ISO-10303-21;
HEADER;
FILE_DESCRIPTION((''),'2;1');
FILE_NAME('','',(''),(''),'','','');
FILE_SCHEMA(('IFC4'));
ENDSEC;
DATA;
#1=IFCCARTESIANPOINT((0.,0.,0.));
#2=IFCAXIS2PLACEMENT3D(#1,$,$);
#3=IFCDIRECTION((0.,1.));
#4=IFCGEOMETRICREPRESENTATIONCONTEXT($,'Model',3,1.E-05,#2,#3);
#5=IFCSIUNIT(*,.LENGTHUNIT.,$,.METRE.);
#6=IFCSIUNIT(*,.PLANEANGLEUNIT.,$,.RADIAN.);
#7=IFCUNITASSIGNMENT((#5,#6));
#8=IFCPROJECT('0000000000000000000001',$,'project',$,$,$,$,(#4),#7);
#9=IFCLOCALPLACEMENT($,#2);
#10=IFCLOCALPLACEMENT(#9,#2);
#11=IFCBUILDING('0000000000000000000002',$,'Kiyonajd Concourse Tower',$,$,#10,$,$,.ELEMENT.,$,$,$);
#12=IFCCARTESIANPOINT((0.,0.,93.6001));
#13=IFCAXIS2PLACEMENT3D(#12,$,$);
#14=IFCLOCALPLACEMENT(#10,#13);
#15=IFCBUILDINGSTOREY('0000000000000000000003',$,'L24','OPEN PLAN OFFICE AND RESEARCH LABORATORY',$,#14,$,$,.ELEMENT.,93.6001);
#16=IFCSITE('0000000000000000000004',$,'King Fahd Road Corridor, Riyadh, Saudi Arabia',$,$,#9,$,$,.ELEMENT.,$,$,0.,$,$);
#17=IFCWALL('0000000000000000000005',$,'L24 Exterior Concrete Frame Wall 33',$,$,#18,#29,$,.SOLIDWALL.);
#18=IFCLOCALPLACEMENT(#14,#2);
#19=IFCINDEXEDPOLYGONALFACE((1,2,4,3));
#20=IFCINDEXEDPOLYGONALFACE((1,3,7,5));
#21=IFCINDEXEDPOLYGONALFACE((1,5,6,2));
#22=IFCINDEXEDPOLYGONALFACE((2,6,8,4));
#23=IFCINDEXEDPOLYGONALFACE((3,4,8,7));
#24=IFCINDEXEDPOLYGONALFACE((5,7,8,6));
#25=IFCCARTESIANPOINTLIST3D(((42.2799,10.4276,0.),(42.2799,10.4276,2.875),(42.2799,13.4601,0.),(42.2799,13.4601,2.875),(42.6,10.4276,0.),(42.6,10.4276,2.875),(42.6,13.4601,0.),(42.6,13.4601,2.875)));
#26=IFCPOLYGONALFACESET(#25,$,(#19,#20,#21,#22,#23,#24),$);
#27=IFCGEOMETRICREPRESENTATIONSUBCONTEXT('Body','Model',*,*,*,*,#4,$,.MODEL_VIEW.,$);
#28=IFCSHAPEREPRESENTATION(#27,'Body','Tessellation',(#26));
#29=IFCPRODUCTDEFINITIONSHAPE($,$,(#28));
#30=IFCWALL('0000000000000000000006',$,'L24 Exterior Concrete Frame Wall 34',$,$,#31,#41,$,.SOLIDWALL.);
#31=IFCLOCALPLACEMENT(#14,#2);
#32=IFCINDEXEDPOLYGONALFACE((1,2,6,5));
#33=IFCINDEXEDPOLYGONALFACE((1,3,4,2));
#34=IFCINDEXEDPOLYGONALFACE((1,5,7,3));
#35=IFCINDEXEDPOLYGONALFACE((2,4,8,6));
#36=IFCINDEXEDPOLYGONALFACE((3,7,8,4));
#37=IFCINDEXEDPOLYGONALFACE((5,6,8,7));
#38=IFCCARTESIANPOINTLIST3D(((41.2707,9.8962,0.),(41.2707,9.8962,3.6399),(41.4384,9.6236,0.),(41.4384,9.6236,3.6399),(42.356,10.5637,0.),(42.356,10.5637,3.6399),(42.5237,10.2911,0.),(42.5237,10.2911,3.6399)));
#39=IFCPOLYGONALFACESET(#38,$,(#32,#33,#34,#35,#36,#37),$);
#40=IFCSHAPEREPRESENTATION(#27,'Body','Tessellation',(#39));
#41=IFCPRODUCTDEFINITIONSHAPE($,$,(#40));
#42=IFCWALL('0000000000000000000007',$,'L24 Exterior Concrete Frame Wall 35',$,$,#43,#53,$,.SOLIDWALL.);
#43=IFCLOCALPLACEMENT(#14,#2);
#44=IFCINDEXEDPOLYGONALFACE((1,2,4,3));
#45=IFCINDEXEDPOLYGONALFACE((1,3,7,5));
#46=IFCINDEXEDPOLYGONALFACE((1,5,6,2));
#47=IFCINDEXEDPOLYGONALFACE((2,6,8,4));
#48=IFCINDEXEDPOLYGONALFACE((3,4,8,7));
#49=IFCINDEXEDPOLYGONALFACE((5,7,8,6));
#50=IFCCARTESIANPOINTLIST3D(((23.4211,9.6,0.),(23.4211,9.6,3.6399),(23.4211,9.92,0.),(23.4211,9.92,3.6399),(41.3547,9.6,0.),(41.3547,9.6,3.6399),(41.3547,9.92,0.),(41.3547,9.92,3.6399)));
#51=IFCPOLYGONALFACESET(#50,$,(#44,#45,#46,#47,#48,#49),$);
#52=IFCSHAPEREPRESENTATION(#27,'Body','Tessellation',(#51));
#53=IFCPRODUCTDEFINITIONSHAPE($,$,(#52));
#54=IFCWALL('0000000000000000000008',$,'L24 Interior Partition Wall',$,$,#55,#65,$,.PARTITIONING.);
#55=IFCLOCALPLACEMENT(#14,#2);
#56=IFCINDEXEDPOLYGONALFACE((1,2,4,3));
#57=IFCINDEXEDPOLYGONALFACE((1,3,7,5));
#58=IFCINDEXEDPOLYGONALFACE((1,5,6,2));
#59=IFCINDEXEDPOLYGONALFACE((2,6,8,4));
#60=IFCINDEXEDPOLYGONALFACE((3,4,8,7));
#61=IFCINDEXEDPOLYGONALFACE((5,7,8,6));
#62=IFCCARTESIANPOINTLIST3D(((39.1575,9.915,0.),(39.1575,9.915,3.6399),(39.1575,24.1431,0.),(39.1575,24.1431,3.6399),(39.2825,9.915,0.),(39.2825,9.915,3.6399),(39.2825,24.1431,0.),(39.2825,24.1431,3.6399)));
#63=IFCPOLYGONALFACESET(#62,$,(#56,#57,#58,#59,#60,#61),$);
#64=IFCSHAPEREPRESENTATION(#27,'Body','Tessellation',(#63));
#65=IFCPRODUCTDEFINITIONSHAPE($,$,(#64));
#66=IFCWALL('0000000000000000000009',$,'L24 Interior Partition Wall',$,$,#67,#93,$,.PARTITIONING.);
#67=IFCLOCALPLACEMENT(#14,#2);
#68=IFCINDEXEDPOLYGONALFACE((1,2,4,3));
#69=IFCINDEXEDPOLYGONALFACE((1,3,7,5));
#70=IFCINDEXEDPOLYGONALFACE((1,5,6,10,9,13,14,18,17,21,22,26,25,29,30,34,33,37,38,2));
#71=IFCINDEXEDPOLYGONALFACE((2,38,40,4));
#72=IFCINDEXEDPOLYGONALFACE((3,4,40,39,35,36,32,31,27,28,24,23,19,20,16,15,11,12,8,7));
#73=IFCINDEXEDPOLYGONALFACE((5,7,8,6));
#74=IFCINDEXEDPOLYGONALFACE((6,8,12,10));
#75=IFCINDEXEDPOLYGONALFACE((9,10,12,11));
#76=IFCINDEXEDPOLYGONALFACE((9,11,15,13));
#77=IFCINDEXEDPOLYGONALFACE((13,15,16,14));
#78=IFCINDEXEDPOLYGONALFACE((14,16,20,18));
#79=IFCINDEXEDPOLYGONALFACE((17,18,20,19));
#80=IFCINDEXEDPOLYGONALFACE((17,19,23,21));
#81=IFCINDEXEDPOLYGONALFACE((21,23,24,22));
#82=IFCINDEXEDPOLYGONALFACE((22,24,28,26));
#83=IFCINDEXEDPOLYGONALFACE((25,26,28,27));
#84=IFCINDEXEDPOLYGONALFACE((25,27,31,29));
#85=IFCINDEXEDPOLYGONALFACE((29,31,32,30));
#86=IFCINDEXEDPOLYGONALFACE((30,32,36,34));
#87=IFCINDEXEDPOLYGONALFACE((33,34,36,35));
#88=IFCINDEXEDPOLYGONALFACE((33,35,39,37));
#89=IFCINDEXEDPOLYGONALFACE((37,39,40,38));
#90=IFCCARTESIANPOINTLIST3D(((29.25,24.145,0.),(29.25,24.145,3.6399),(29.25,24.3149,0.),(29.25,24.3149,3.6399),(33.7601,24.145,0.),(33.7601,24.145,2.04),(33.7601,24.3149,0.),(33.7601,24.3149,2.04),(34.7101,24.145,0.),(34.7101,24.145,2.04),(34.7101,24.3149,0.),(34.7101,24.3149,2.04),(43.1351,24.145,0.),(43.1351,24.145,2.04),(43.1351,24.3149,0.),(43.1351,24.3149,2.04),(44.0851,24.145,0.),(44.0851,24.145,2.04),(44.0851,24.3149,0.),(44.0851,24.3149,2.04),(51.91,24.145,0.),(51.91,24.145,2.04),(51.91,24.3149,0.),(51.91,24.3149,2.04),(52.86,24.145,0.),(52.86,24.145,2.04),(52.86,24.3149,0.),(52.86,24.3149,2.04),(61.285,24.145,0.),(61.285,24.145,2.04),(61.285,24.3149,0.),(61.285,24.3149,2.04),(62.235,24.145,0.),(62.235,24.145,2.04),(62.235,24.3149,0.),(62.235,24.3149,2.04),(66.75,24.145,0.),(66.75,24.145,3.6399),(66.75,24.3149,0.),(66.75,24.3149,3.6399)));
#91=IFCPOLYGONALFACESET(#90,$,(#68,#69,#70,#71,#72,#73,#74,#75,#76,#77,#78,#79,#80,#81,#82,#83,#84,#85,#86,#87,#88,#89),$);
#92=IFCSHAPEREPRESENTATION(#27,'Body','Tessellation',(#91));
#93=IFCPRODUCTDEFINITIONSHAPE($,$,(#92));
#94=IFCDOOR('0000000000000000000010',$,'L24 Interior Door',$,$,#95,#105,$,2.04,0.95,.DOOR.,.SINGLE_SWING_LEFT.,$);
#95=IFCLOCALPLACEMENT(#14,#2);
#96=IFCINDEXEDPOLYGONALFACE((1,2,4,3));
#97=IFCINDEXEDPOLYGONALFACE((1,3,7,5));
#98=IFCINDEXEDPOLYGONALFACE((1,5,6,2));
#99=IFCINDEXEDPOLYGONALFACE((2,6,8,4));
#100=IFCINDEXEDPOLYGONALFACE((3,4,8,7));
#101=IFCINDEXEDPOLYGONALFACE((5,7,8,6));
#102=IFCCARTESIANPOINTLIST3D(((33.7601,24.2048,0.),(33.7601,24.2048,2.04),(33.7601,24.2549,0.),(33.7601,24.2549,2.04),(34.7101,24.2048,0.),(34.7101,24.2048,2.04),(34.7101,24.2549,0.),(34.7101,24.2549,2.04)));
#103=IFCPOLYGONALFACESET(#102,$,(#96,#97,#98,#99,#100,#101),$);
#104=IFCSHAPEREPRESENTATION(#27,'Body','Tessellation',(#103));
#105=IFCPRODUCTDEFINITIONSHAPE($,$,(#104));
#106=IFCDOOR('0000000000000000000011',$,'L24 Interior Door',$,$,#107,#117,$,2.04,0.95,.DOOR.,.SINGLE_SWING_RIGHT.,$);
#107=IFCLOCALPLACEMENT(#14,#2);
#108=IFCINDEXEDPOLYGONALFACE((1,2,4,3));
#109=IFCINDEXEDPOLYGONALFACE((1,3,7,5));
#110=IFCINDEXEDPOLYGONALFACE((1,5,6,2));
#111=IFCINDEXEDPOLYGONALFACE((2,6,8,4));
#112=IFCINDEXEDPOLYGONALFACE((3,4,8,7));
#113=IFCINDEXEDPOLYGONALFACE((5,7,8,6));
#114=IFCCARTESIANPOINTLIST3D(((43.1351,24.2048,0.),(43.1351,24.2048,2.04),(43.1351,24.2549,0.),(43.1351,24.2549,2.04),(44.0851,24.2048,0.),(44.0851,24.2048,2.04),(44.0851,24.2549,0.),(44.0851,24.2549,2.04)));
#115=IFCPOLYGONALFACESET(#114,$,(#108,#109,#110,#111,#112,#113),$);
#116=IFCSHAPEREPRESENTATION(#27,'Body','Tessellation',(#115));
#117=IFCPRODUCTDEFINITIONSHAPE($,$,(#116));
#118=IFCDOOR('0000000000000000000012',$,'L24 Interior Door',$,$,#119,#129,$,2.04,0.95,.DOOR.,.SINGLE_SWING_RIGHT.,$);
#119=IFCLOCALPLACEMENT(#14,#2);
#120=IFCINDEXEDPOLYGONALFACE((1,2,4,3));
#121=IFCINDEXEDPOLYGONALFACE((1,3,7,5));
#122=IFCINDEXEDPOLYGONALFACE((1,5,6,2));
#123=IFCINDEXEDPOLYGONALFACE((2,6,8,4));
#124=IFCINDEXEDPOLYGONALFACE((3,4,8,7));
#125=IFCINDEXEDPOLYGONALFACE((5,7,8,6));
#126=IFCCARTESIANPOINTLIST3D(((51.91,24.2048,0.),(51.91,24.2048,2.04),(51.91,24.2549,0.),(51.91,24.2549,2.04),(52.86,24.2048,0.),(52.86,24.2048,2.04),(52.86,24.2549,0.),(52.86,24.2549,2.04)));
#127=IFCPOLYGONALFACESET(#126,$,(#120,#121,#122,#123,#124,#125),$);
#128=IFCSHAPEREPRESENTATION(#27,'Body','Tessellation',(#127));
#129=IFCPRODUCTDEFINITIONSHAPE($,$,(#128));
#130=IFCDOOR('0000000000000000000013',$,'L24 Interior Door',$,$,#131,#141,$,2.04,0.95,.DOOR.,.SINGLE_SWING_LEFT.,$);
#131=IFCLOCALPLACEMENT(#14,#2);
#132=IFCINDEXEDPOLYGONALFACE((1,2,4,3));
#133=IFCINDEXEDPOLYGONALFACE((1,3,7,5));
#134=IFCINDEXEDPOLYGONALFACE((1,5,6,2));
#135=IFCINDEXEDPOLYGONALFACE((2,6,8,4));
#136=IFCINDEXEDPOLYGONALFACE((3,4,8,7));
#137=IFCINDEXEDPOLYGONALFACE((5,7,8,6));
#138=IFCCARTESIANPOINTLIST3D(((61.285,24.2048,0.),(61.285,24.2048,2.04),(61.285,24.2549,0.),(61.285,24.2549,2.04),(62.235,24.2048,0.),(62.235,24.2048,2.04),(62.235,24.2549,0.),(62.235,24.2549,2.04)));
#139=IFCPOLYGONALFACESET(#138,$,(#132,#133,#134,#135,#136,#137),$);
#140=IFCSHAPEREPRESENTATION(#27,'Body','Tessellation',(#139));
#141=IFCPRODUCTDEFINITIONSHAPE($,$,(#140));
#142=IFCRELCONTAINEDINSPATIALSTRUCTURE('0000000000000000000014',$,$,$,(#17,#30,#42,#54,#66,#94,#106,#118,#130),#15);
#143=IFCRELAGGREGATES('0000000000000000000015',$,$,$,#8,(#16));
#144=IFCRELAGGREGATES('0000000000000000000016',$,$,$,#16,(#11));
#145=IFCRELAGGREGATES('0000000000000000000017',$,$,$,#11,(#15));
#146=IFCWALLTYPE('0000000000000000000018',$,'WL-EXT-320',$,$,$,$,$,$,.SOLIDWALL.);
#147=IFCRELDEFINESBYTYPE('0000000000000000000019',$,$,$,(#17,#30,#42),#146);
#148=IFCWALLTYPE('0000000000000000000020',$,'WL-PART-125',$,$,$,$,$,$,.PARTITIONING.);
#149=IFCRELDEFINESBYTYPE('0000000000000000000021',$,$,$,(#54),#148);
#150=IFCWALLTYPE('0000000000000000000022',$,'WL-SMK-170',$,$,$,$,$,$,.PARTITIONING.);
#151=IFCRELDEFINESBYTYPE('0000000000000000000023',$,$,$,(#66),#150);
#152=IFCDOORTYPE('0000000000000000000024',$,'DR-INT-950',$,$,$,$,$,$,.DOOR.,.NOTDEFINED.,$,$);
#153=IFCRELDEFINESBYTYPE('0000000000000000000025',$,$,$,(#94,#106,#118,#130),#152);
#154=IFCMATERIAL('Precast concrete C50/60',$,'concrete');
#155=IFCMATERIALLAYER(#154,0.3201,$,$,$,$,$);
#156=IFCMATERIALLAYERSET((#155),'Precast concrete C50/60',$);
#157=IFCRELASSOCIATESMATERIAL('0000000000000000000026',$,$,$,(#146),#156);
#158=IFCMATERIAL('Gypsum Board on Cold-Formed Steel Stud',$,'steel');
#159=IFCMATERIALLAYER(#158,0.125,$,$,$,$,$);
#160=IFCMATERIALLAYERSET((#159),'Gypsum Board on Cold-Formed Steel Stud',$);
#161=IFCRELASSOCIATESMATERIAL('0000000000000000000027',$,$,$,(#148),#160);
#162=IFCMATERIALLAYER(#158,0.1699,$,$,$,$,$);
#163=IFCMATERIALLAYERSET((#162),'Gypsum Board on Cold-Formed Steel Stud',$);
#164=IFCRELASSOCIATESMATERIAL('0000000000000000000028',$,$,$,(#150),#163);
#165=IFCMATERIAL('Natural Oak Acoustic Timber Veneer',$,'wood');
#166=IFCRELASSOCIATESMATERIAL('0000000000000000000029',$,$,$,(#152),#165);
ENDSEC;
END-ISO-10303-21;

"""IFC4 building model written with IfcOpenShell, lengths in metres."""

from ifc_helpers import new_model, si_unit, direction, frame, frame_2d, origin, place, context, subcontext, project, spatial, rectangle, extrude, material, layer, layer_set, type_object, element, fill, save


model = new_model("IFC4")

# Units and contexts
model_context = context("Model", 3, precision=1e-05, world=origin(), true_north=direction((0.0, 1.0)))
body_context = subcontext(model_context, "Body", "Model", "MODEL_VIEW")
ifc_project = project(units=[si_unit("LENGTHUNIT", "METRE"), si_unit("PLANEANGLEUNIT", "RADIAN")], contexts=[model_context])

# Site, building, storey
site_placement = place(None, origin())
site = spatial("IfcSite", under=ifc_project, at=site_placement, Name="King Fahd Road Corridor, Riyadh, Saudi Arabia", CompositionType="ELEMENT", RefElevation=0.0)
building_placement = place(site_placement, origin())
building = spatial("IfcBuilding", under=site, at=building_placement, Name="Kiyonajd Concourse Tower", CompositionType="ELEMENT")
storey_placement = place(building_placement, frame((0.0, 0.0, 93.6001)))
storey = spatial("IfcBuildingStorey", under=building, at=storey_placement, Name="L24", Description="OPEN PLAN OFFICE AND RESEARCH LABORATORY", CompositionType="ELEMENT", Elevation=93.6001)

# Shared definitions
ifc_material_1 = material(Name="Precast concrete C50/60", Category="concrete")

# Walls
ifc_layer_1 = layer(ifc_material_1, 0.3201)
ifc_layer_set_1 = layer_set([ifc_layer_1], Name="Precast concrete C50/60")
wall_type_1 = type_object("IfcWallType", Name="WL-EXT-320", PredefinedType="SOLIDWALL", material=ifc_layer_set_1)
wall_1_placement = place(storey_placement, frame((42.4399, 13.46, 0.0), z_axis=(0.0, 0.0, 1.0), x_axis=(0.0, -1.0, 0.0)))
element("IfcWall", 1, at=wall_1_placement, inside=storey, type_object=wall_type_1, Name="L24 Exterior Concrete Frame Wall 33", PredefinedType="SOLIDWALL", context=body_context, shape_type="SweptSolid", body=[
    extrude(rectangle(XDim=3.0325, YDim=0.3201, at=frame_2d((1.5161, 0.0))), origin(), (0.0, 0.0, 1.0), 2.875),
])
wall_2_placement = place(storey_placement, frame((42.4399, 10.4275, 0.0), z_axis=(0.0, 0.0, 1.0), x_axis=(-0.851777, -0.523905, 0.0)))
element("IfcWall", 2, at=wall_2_placement, inside=storey, type_object=wall_type_1, Name="L24 Exterior Concrete Frame Wall 34", PredefinedType="SOLIDWALL", context=body_context, shape_type="SweptSolid", body=[
    extrude(rectangle(XDim=1.2742, YDim=0.3201, at=frame_2d((0.6372, 0.0))), origin(), (0.0, 0.0, 1.0), 3.6399),
])
wall_3_placement = place(storey_placement, frame((41.3547, 9.76, 0.0), z_axis=(0.0, 0.0, 1.0), x_axis=(-1.0, 0.0, 0.0)))
element("IfcWall", 3, at=wall_3_placement, inside=storey, type_object=wall_type_1, Name="L24 Exterior Concrete Frame Wall 35", PredefinedType="SOLIDWALL", context=body_context, shape_type="SweptSolid", body=[
    extrude(rectangle(XDim=17.9336, YDim=0.3201, at=frame_2d((8.9668, 0.0))), origin(), (0.0, 0.0, 1.0), 3.6399),
])
ifc_material_2 = material(Name="Gypsum Board on Cold-Formed Steel Stud", Category="steel")
ifc_layer_2 = layer(ifc_material_2, 0.125)
ifc_layer_set_2 = layer_set([ifc_layer_2], Name="Gypsum Board on Cold-Formed Steel Stud")
wall_type_2 = type_object("IfcWallType", Name="WL-PART-125", PredefinedType="PARTITIONING", material=ifc_layer_set_2)
wall_4_placement = place(storey_placement, frame((39.22, 9.915, 0.0), z_axis=(0.0, 0.0, 1.0), x_axis=(0.0, 1.0, 0.0)))
element("IfcWall", 4, at=wall_4_placement, inside=storey, type_object=wall_type_2, Name="L24 Interior Partition Wall", PredefinedType="PARTITIONING", context=body_context, shape_type="SweptSolid", body=[
    extrude(rectangle(XDim=14.228, YDim=0.125, at=frame_2d((7.114, 0.0))), origin(), (0.0, 0.0, 1.0), 3.6399),
])

# Wall, openings, doors
ifc_layer_3 = layer(ifc_material_2, 0.1699)
ifc_layer_set_3 = layer_set([ifc_layer_3], Name="Gypsum Board on Cold-Formed Steel Stud")
wall_type_3 = type_object("IfcWallType", Name="WL-SMK-170", PredefinedType="PARTITIONING", material=ifc_layer_set_3)
wall_5_placement = place(storey_placement, frame((29.25, 24.23, 0.0), z_axis=(0.0, 0.0, 1.0), x_axis=(1.0, 0.0, 0.0)))
wall_5 = element("IfcWall", 5, at=wall_5_placement, inside=storey, type_object=wall_type_3, Name="L24 Interior Partition Wall", PredefinedType="PARTITIONING", context=body_context, shape_type="SweptSolid", body=[
    extrude(rectangle(XDim=37.5, YDim=0.1699, at=frame_2d((18.75, 0.0))), origin(), (0.0, 0.0, 1.0), 3.6399),
])
opening_1_placement = place(wall_5_placement, frame((4.51, 0.0, 0.0)))
opening_1 = element("IfcOpeningElement", 6, at=opening_1_placement, cuts=wall_5, PredefinedType="OPENING", context=body_context, shape_type="SweptSolid", body=[
    extrude(rectangle(XDim=0.95, YDim=2.04, at=frame_2d((0.4751, 1.02))), frame((0.0, 0.095, 0.0), z_axis=(0.0, -1.0, 0.0), x_axis=(1.0, 0.0, 0.0)), (0.0, 0.0, 1.0), 0.1899),
])
opening_2_placement = place(wall_5_placement, frame((13.885, 0.0, 0.0)))
opening_2 = element("IfcOpeningElement", 7, at=opening_2_placement, cuts=wall_5, PredefinedType="OPENING", context=body_context, shape_type="SweptSolid", body=[
    extrude(rectangle(XDim=0.95, YDim=2.04, at=frame_2d((0.4751, 1.02))), frame((0.0, 0.095, 0.0), z_axis=(0.0, -1.0, 0.0), x_axis=(1.0, 0.0, 0.0)), (0.0, 0.0, 1.0), 0.1899),
])
opening_3_placement = place(wall_5_placement, frame((22.6599, 0.0, 0.0)))
opening_3 = element("IfcOpeningElement", 8, at=opening_3_placement, cuts=wall_5, PredefinedType="OPENING", context=body_context, shape_type="SweptSolid", body=[
    extrude(rectangle(XDim=0.95, YDim=2.04, at=frame_2d((0.4751, 1.02))), frame((0.0, 0.095, 0.0), z_axis=(0.0, -1.0, 0.0), x_axis=(1.0, 0.0, 0.0)), (0.0, 0.0, 1.0), 0.1899),
])
opening_4_placement = place(wall_5_placement, frame((32.0349, 0.0, 0.0)))
opening_4 = element("IfcOpeningElement", 9, at=opening_4_placement, cuts=wall_5, PredefinedType="OPENING", context=body_context, shape_type="SweptSolid", body=[
    extrude(rectangle(XDim=0.95, YDim=2.04, at=frame_2d((0.4751, 1.02))), frame((0.0, 0.095, 0.0), z_axis=(0.0, -1.0, 0.0), x_axis=(1.0, 0.0, 0.0)), (0.0, 0.0, 1.0), 0.1899),
])
ifc_material_3 = material(Name="Natural Oak Acoustic Timber Veneer", Category="wood")
door_type = type_object("IfcDoorType", Name="DR-INT-950", OperationType="NOTDEFINED", PredefinedType="DOOR", material=ifc_material_3)
door_1_placement = place(opening_1_placement, origin())
door_1 = element("IfcDoor", 10, at=door_1_placement, inside=storey, type_object=door_type, Name="L24 Interior Door", OperationType="SINGLE_SWING_LEFT", OverallHeight=2.04, OverallWidth=0.95, PredefinedType="DOOR", context=body_context, shape_type="SweptSolid", body=[
    extrude(rectangle(XDim=0.95, YDim=2.04, at=frame_2d((0.4751, 1.02))), frame((0.0, 0.0249, 0.0), z_axis=(0.0, -1.0, 0.0), x_axis=(1.0, 0.0, 0.0)), (0.0, 0.0, 1.0), 0.05),
])
fill(opening_1, door_1)
door_2_placement = place(opening_2_placement, origin())
door_2 = element("IfcDoor", 11, at=door_2_placement, inside=storey, type_object=door_type, Name="L24 Interior Door", OperationType="SINGLE_SWING_RIGHT", OverallHeight=2.04, OverallWidth=0.95, PredefinedType="DOOR", context=body_context, shape_type="SweptSolid", body=[
    extrude(rectangle(XDim=0.95, YDim=2.04, at=frame_2d((0.4751, 1.02))), frame((0.0, 0.0249, 0.0), z_axis=(0.0, -1.0, 0.0), x_axis=(1.0, 0.0, 0.0)), (0.0, 0.0, 1.0), 0.05),
])
fill(opening_2, door_2)
door_3_placement = place(opening_3_placement, origin())
door_3 = element("IfcDoor", 12, at=door_3_placement, inside=storey, type_object=door_type, Name="L24 Interior Door", OperationType="SINGLE_SWING_RIGHT", OverallHeight=2.04, OverallWidth=0.95, PredefinedType="DOOR", context=body_context, shape_type="SweptSolid", body=[
    extrude(rectangle(XDim=0.95, YDim=2.04, at=frame_2d((0.4751, 1.02))), frame((0.0, 0.0249, 0.0), z_axis=(0.0, -1.0, 0.0), x_axis=(1.0, 0.0, 0.0)), (0.0, 0.0, 1.0), 0.05),
])
fill(opening_3, door_3)
door_4_placement = place(opening_4_placement, origin())
door_4 = element("IfcDoor", 13, at=door_4_placement, inside=storey, type_object=door_type, Name="L24 Interior Door", OperationType="SINGLE_SWING_LEFT", OverallHeight=2.04, OverallWidth=0.95, PredefinedType="DOOR", context=body_context, shape_type="SweptSolid", body=[
    extrude(rectangle(XDim=0.95, YDim=2.04, at=frame_2d((0.4751, 1.02))), frame((0.0, 0.0249, 0.0), z_axis=(0.0, -1.0, 0.0), x_axis=(1.0, 0.0, 0.0)), (0.0, 0.0, 1.0), 0.05),
])
fill(opening_4, door_4)

save(model, "model.ifc")
